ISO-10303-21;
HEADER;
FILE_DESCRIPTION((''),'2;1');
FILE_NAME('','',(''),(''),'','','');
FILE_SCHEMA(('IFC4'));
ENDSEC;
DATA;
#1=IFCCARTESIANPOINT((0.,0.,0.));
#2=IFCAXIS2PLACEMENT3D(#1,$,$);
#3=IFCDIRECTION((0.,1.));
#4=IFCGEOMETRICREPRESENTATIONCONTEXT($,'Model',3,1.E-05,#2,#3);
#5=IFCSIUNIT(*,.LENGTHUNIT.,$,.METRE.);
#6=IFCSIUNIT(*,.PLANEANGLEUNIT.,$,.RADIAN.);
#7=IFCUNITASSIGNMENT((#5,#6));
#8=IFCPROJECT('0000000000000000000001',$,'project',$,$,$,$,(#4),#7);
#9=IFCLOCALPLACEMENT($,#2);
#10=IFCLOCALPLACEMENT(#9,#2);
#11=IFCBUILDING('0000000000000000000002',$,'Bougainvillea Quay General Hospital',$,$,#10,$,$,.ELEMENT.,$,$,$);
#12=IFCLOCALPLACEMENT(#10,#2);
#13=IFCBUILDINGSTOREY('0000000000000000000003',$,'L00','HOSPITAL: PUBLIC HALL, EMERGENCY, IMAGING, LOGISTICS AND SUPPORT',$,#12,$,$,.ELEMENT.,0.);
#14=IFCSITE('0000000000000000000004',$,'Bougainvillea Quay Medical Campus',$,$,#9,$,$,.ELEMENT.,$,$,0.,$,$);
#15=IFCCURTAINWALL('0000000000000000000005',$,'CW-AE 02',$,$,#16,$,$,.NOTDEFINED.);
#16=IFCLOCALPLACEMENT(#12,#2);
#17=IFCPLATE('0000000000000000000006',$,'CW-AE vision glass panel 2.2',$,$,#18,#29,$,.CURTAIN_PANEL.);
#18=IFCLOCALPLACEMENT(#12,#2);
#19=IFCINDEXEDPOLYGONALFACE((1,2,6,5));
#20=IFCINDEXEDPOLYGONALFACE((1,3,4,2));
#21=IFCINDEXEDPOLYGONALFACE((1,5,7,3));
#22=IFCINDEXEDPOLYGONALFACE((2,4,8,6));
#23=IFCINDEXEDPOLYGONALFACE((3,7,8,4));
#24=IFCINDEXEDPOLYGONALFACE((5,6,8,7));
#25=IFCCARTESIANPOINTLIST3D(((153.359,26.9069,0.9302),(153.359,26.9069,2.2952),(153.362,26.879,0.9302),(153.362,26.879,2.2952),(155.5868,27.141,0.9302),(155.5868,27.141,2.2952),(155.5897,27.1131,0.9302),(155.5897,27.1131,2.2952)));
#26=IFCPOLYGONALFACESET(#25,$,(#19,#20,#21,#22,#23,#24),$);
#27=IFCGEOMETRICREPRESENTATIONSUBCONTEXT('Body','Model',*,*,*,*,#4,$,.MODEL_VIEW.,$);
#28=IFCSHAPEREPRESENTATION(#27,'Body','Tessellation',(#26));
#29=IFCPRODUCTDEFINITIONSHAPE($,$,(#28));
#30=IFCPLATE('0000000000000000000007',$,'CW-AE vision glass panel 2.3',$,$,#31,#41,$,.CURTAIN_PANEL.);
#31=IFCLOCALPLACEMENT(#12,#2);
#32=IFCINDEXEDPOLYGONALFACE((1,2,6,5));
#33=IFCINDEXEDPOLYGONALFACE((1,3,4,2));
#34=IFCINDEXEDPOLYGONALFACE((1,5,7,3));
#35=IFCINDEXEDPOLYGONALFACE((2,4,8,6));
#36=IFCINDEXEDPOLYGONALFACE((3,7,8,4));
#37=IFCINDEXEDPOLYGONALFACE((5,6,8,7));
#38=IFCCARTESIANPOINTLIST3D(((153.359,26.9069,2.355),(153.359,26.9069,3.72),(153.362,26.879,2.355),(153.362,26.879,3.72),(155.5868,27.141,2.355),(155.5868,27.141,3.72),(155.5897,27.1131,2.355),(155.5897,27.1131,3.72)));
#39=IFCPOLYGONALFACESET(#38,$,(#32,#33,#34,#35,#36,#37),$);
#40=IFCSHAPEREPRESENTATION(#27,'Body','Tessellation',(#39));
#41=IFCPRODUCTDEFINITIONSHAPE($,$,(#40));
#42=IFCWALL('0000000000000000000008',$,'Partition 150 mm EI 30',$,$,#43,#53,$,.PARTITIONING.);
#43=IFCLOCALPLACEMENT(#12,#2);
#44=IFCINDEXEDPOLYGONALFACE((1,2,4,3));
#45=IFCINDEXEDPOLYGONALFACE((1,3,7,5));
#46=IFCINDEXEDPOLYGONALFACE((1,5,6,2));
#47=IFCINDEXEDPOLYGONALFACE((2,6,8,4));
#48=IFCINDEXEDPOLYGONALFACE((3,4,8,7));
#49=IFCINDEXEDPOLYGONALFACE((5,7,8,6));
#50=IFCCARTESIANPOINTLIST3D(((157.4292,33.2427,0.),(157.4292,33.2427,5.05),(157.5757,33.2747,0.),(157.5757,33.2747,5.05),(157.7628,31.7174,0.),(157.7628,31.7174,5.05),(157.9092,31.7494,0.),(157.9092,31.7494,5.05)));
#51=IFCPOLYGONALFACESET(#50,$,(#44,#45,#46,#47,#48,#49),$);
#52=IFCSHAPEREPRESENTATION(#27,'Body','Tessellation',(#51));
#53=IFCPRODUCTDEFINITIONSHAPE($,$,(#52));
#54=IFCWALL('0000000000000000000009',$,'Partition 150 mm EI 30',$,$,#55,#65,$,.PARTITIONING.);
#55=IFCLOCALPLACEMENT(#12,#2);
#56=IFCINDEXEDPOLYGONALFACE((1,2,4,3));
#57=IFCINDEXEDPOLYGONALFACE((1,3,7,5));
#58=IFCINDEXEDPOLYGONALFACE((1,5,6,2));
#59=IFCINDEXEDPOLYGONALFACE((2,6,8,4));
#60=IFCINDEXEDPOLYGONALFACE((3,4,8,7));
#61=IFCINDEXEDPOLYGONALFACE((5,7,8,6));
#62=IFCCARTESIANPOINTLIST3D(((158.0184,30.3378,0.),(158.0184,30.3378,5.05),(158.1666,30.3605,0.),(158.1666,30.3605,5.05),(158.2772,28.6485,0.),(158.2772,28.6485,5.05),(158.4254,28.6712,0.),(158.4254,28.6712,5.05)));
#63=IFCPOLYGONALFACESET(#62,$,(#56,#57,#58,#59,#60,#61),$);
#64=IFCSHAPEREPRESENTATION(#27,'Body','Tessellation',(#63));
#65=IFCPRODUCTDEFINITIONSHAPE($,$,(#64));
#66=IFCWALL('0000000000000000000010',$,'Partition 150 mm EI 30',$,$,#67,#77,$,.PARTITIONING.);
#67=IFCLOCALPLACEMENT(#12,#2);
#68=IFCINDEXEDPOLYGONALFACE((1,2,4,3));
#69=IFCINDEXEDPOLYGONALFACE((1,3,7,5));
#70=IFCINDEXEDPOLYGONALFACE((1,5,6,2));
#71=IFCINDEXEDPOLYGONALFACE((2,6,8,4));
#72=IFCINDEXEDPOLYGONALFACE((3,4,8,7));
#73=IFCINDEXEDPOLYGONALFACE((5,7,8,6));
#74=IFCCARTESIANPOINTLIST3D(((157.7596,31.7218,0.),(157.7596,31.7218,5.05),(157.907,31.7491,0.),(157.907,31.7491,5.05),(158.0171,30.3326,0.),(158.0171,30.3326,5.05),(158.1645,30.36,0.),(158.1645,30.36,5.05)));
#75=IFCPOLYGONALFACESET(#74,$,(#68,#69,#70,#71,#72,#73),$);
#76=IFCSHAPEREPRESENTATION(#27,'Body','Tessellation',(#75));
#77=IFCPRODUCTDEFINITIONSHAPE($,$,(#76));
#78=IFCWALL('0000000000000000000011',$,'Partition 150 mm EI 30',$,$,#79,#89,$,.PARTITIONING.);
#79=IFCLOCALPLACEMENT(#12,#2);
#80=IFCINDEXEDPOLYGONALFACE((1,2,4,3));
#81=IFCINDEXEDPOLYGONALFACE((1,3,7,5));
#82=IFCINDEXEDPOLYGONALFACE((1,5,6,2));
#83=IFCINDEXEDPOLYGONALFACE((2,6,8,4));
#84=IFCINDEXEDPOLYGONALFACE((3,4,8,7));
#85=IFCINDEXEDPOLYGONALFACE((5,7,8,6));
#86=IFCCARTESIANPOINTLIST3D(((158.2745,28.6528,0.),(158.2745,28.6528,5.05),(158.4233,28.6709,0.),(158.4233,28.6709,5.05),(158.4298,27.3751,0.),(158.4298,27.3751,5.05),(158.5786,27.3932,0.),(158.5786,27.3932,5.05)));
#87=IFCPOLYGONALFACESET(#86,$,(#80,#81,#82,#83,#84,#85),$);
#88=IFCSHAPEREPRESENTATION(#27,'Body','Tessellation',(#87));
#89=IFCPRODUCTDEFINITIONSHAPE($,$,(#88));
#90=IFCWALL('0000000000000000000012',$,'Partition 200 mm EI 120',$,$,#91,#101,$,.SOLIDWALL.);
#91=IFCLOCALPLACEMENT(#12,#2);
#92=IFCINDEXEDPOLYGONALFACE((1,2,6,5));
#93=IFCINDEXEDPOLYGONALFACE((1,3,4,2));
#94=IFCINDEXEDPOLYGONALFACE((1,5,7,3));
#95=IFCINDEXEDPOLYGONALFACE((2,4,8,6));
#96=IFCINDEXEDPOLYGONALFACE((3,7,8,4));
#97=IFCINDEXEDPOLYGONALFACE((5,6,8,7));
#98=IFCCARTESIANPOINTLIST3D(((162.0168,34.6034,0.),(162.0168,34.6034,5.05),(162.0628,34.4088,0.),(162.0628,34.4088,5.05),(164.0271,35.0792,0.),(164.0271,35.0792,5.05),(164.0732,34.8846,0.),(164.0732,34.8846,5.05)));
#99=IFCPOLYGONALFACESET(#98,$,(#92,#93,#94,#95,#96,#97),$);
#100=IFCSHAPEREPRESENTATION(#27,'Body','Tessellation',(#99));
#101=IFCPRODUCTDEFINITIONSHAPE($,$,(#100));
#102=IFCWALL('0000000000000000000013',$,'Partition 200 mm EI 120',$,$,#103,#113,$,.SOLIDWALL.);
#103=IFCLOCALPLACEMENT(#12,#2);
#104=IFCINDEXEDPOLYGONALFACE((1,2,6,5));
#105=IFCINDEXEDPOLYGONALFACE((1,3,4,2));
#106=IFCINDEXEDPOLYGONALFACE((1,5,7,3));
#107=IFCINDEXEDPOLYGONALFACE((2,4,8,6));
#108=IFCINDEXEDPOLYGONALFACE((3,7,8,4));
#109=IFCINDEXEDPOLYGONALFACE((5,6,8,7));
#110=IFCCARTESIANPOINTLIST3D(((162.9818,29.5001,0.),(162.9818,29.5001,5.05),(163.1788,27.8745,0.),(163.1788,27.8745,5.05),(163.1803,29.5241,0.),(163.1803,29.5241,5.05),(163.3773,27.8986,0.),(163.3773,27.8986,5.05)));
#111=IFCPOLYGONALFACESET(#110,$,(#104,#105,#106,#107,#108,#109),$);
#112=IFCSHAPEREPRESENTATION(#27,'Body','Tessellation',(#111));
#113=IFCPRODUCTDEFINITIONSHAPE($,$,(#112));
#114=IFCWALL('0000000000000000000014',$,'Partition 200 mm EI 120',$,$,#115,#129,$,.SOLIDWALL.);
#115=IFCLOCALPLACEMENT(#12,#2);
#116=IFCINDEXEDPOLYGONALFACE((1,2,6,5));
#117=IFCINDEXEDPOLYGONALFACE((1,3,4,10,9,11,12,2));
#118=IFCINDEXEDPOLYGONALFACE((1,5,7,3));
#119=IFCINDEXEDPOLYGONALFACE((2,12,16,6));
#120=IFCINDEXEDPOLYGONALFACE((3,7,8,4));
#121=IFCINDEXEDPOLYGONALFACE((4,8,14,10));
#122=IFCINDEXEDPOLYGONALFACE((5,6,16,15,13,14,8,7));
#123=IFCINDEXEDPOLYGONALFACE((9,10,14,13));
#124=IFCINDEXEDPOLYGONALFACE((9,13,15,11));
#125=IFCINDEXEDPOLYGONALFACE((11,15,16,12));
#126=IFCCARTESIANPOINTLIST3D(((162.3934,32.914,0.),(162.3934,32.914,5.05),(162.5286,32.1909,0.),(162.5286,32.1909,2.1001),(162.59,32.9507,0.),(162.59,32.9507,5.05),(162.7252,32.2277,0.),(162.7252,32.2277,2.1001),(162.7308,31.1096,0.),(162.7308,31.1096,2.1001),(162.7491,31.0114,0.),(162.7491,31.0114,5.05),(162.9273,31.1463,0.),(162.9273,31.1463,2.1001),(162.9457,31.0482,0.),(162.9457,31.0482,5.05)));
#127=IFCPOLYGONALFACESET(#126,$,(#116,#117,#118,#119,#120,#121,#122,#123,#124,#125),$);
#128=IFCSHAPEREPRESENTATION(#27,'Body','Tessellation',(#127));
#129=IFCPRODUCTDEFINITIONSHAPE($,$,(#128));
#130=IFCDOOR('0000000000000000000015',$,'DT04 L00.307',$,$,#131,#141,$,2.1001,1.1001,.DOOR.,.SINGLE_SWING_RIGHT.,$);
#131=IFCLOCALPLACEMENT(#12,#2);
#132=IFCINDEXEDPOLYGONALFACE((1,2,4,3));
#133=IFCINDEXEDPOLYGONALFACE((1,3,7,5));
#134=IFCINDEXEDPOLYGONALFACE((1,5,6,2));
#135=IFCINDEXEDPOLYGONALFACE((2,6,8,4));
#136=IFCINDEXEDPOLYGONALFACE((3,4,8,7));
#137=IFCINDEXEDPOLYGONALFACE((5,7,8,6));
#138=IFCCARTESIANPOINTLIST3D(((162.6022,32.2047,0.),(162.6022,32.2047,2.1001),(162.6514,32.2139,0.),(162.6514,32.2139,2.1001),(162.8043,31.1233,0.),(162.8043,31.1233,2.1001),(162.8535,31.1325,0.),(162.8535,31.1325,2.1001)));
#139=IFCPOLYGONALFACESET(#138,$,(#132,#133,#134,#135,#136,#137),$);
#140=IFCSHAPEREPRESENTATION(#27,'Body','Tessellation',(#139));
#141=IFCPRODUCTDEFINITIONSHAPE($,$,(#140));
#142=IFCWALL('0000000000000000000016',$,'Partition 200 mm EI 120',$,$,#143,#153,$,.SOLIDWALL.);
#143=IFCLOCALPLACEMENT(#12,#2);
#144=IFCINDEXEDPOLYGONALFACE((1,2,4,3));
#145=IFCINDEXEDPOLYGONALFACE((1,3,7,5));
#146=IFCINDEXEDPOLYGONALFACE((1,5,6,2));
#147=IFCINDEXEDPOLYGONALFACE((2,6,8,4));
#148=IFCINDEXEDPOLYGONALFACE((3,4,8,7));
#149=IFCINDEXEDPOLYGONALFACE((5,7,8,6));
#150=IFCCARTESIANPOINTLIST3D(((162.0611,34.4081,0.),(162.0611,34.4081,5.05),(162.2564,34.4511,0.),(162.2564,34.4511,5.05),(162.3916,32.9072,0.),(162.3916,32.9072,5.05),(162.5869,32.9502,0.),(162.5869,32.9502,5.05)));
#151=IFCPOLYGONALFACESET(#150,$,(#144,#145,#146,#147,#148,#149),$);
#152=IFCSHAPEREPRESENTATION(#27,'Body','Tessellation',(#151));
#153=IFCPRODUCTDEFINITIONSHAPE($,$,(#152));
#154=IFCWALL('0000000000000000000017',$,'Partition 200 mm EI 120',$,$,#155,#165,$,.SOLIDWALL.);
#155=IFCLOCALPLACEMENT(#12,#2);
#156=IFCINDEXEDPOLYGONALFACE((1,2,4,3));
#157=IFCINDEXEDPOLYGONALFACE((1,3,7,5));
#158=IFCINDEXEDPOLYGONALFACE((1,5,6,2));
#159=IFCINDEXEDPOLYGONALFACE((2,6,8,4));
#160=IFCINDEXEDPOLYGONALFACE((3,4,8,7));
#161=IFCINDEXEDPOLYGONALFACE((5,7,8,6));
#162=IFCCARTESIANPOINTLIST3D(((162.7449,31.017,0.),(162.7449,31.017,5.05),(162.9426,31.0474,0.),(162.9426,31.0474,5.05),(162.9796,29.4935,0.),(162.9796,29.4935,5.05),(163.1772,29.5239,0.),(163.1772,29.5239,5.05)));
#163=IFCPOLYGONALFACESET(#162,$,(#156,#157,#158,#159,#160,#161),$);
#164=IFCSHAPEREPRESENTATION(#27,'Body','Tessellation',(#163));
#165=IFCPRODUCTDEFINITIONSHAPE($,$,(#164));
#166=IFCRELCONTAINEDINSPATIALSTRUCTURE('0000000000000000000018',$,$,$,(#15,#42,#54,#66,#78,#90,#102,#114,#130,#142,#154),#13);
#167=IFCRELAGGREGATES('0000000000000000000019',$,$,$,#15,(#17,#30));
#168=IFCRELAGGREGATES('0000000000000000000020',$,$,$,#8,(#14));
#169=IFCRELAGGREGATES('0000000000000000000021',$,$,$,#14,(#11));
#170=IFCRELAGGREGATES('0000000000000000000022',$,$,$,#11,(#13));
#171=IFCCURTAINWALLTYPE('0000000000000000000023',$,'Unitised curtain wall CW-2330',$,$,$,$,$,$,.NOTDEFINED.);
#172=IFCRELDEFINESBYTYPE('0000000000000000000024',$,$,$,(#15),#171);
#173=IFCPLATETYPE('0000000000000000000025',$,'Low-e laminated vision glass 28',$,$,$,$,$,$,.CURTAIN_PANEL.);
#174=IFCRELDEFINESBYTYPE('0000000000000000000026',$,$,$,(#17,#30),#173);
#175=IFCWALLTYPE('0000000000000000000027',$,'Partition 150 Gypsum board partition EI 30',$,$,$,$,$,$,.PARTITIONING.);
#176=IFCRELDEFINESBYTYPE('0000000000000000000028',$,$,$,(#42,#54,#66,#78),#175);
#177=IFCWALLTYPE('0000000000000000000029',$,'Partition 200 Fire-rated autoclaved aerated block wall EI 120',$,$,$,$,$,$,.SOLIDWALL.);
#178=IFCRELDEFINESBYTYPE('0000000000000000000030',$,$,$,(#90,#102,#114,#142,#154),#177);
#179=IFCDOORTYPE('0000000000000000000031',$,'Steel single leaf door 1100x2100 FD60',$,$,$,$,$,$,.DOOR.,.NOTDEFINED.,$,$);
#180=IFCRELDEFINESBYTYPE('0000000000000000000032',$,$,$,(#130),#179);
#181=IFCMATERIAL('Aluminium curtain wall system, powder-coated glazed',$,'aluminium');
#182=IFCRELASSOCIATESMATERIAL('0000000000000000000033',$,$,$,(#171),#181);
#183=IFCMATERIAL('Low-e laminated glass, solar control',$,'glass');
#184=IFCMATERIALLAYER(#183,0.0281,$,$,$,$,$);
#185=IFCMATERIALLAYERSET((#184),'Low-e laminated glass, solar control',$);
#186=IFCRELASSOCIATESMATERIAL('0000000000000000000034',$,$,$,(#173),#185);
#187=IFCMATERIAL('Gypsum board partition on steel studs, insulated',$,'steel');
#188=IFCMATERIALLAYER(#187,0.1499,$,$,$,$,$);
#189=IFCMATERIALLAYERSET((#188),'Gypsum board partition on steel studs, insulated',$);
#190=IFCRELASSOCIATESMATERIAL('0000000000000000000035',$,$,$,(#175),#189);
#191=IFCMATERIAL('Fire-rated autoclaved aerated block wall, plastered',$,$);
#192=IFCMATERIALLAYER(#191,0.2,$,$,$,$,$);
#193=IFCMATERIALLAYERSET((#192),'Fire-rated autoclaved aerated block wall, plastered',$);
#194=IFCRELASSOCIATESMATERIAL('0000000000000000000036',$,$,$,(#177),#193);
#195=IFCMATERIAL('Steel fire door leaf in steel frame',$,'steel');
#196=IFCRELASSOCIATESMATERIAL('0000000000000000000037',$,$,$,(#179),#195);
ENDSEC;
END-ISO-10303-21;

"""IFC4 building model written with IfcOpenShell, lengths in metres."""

from ifc_helpers import new_model, si_unit, direction, frame, frame_2d, origin, origin_2d, place, context, subcontext, project, spatial, rectangle, extrude, material, layer, layer_set, type_object, element, fill, aggregate, save


model = new_model("IFC4")

# Units and contexts
model_context = context("Model", 3, precision=1e-05, world=origin(), true_north=direction((0.0, 1.0)))
body_context = subcontext(model_context, "Body", "Model", "MODEL_VIEW")
ifc_project = project(units=[si_unit("LENGTHUNIT", "METRE"), si_unit("PLANEANGLEUNIT", "RADIAN")], contexts=[model_context])

# Site, building, storey
site_placement = place(None, origin())
site = spatial("IfcSite", under=ifc_project, at=site_placement, Name="Bougainvillea Quay Medical Campus", CompositionType="ELEMENT", RefElevation=0.0)
building_placement = place(site_placement, origin())
building = spatial("IfcBuilding", under=site, at=building_placement, Name="Bougainvillea Quay General Hospital", CompositionType="ELEMENT")
storey_placement = place(building_placement, origin())
storey = spatial("IfcBuildingStorey", under=building, at=storey_placement, Name="L00", Description="HOSPITAL: PUBLIC HALL, EMERGENCY, IMAGING, LOGISTICS AND SUPPORT", CompositionType="ELEMENT", Elevation=0.0)

# Curtain wall, plates
ifc_material_1 = material(Name="Aluminium curtain wall system, powder-coated glazed", Category="aluminium")
curtain_wall_type = type_object("IfcCurtainWallType", Name="Unitised curtain wall CW-2330", PredefinedType="NOTDEFINED", material=ifc_material_1)
curtain_wall_placement = place(storey_placement, origin())
curtain_wall = element("IfcCurtainWall", 1, at=curtain_wall_placement, inside=storey, type_object=curtain_wall_type, Name="CW-AE 02", PredefinedType="NOTDEFINED")
ifc_material_2 = material(Name="Low-e laminated glass, solar control", Category="glass")
ifc_layer_1 = layer(ifc_material_2, 0.0281)
ifc_layer_set_1 = layer_set([ifc_layer_1], Name="Low-e laminated glass, solar control")
plate_type_1 = type_object("IfcPlateType", Name="Low-e laminated vision glass 28", PredefinedType="CURTAIN_PANEL", material=ifc_layer_set_1)
plate_1_placement = place(storey_placement, frame((154.4744, 27.01, 0.9302), z_axis=(0.0, 0.0, 1.0), x_axis=(0.994522, 0.104527, 0.0)))
plate_1 = element("IfcPlate", 2, at=plate_1_placement, type_object=plate_type_1, Name="CW-AE vision glass panel 2.2", PredefinedType="CURTAIN_PANEL", context=body_context, shape_type="SweptSolid", body=[
    extrude(rectangle(XDim=2.24, YDim=0.0281, at=origin_2d()), origin(), (0.0, 0.0, 1.0), 1.365),
])
plate_2_placement = place(storey_placement, frame((154.4744, 27.01, 2.355), z_axis=(0.0, 0.0, 1.0), x_axis=(0.994522, 0.104527, 0.0)))
plate_2 = element("IfcPlate", 3, at=plate_2_placement, type_object=plate_type_1, Name="CW-AE vision glass panel 2.3", PredefinedType="CURTAIN_PANEL", context=body_context, shape_type="SweptSolid", body=[
    extrude(rectangle(XDim=2.24, YDim=0.0281, at=origin_2d()), origin(), (0.0, 0.0, 1.0), 1.365),
])
aggregate(curtain_wall, [plate_1, plate_2])

# Walls
ifc_material_3 = material(Name="Gypsum board partition on steel studs, insulated", Category="steel")
ifc_layer_2 = layer(ifc_material_3, 0.1499)
ifc_layer_set_2 = layer_set([ifc_layer_2], Name="Gypsum board partition on steel studs, insulated")
wall_type_1 = type_object("IfcWallType", Name="Partition 150 Gypsum board partition EI 30", PredefinedType="PARTITIONING", material=ifc_layer_set_2)
wall_1_placement = place(storey_placement, frame((157.5024, 33.2588, 0.0), z_axis=(0.0, 0.0, 1.0), x_axis=(0.213618, -0.976917, 0.0)))
element("IfcWall", 4, at=wall_1_placement, inside=storey, type_object=wall_type_1, Name="Partition 150 mm EI 30", PredefinedType="PARTITIONING", context=body_context, shape_type="SweptSolid", body=[
    extrude(rectangle(XDim=1.5613, YDim=0.1499, at=frame_2d((0.7808, 0.0))), origin(), (0.0, 0.0, 1.0), 5.05),
])
wall_2_placement = place(storey_placement, frame((158.0925, 30.3491, 0.0), z_axis=(0.0, 0.0, 1.0), x_axis=(0.151435, -0.988467, 0.0)))
element("IfcWall", 5, at=wall_2_placement, inside=storey, type_object=wall_type_1, Name="Partition 150 mm EI 30", PredefinedType="PARTITIONING", context=body_context, shape_type="SweptSolid", body=[
    extrude(rectangle(XDim=1.709, YDim=0.1499, at=frame_2d((0.8545, 0.0))), origin(), (0.0, 0.0, 1.0), 5.05),
])
wall_3_placement = place(storey_placement, frame((157.8333, 31.7356, 0.0), z_axis=(0.0, 0.0, 1.0), x_axis=(0.182306, -0.983242, 0.0)))
element("IfcWall", 6, at=wall_3_placement, inside=storey, type_object=wall_type_1, Name="Partition 150 mm EI 30", PredefinedType="PARTITIONING", context=body_context, shape_type="SweptSolid", body=[
    extrude(rectangle(XDim=1.4128, YDim=0.1499, at=frame_2d((0.7065, 0.0))), origin(), (0.0, 0.0, 1.0), 5.05),
])
wall_4_placement = place(storey_placement, frame((158.3489, 28.6619, 0.0), z_axis=(0.0, 0.0, 1.0), x_axis=(0.120649, -0.992695, 0.0)))
element("IfcWall", 7, at=wall_4_placement, inside=storey, type_object=wall_type_1, Name="Partition 150 mm EI 30", PredefinedType="PARTITIONING", context=body_context, shape_type="SweptSolid", body=[
    extrude(rectangle(XDim=1.2871, YDim=0.1499, at=frame_2d((0.6436, 0.0))), origin(), (0.0, 0.0, 1.0), 5.05),
])
ifc_material_4 = material(Name="Fire-rated autoclaved aerated block wall, plastered")
ifc_layer_3 = layer(ifc_material_4, 0.2)
ifc_layer_set_3 = layer_set([ifc_layer_3], Name="Fire-rated autoclaved aerated block wall, plastered")
wall_type_2 = type_object("IfcWallType", Name="Partition 200 Fire-rated autoclaved aerated block wall EI 120", PredefinedType="SOLIDWALL", material=ifc_layer_set_3)
wall_5_placement = place(storey_placement, frame((162.0398, 34.5061, 0.0), z_axis=(0.0, 0.0, 1.0), x_axis=(0.973117, 0.23031, 0.0)))
element("IfcWall", 8, at=wall_5_placement, inside=storey, type_object=wall_type_2, Name="Partition 200 mm EI 120", PredefinedType="SOLIDWALL", context=body_context, shape_type="SweptSolid", body=[
    extrude(rectangle(XDim=2.0659, YDim=0.2, at=frame_2d((1.033, 0.0))), origin(), (0.0, 0.0, 1.0), 5.05),
])
wall_6_placement = place(storey_placement, frame((163.0811, 29.5122, 0.0), z_axis=(0.0, 0.0, 1.0), x_axis=(0.120327, -0.992734, 0.0)))
element("IfcWall", 9, at=wall_6_placement, inside=storey, type_object=wall_type_2, Name="Partition 200 mm EI 120", PredefinedType="SOLIDWALL", context=body_context, shape_type="SweptSolid", body=[
    extrude(rectangle(XDim=1.6375, YDim=0.2, at=frame_2d((0.8188, 0.0))), origin(), (0.0, 0.0, 1.0), 5.05),
])

# Wall, opening, door
wall_7_placement = place(storey_placement, frame((162.4917, 32.9324, 0.0), z_axis=(0.0, 0.0, 1.0), x_axis=(0.183778, -0.982968, 0.0)))
wall_7 = element("IfcWall", 10, at=wall_7_placement, inside=storey, type_object=wall_type_2, Name="Partition 200 mm EI 120", PredefinedType="SOLIDWALL", context=body_context, shape_type="SweptSolid", body=[
    extrude(rectangle(XDim=1.9355, YDim=0.2, at=frame_2d((0.9678, 0.0))), origin(), (0.0, 0.0, 1.0), 5.05),
])
opening_1_placement = place(wall_7_placement, frame((0.7356, 0.0, 0.0)))
opening_1 = element("IfcOpeningElement", 11, at=opening_1_placement, cuts=wall_7, PredefinedType="OPENING", context=body_context, shape_type="SweptSolid", body=[
    extrude(rectangle(XDim=1.1001, YDim=2.1001, at=frame_2d((0.55, 1.05))), frame((0.0, 0.1099, 0.0), z_axis=(0.0, -1.0, 0.0), x_axis=(1.0, 0.0, 0.0)), (0.0, 0.0, 1.0), 0.22),
])
ifc_material_5 = material(Name="Steel fire door leaf in steel frame", Category="steel")
door_type_1 = type_object("IfcDoorType", Name="Steel single leaf door 1100x2100 FD60", OperationType="NOTDEFINED", PredefinedType="DOOR", material=ifc_material_5)
door_1_placement = place(opening_1_placement, origin())
door_1 = element("IfcDoor", 12, at=door_1_placement, inside=storey, type_object=door_type_1, Name="DT04 L00.307", OperationType="SINGLE_SWING_RIGHT", OverallHeight=2.1001, OverallWidth=1.1001, PredefinedType="DOOR", context=body_context, shape_type="SweptSolid", body=[
    extrude(rectangle(XDim=1.1001, YDim=2.1001, at=frame_2d((0.55, 1.05))), frame((0.0, 0.0249, 0.0), z_axis=(0.0, -1.0, 0.0), x_axis=(1.0, 0.0, 0.0)), (0.0, 0.0, 1.0), 0.05),
])
fill(opening_1, door_1)

# Walls
wall_8_placement = place(storey_placement, frame((162.1587, 34.4297, 0.0), z_axis=(0.0, 0.0, 1.0), x_axis=(0.21508, -0.976596, 0.0)))
element("IfcWall", 13, at=wall_8_placement, inside=storey, type_object=wall_type_2, Name="Partition 200 mm EI 120", PredefinedType="SOLIDWALL", context=body_context, shape_type="SweptSolid", body=[
    extrude(rectangle(XDim=1.5369, YDim=0.2, at=frame_2d((0.7686, 0.0))), origin(), (0.0, 0.0, 1.0), 5.05),
])
wall_9_placement = place(storey_placement, frame((162.8438, 31.0322, 0.0), z_axis=(0.0, 0.0, 1.0), x_axis=(0.152212, -0.988348, 0.0)))
element("IfcWall", 14, at=wall_9_placement, inside=storey, type_object=wall_type_2, Name="Partition 200 mm EI 120", PredefinedType="SOLIDWALL", context=body_context, shape_type="SweptSolid", body=[
    extrude(rectangle(XDim=1.5415, YDim=0.2, at=frame_2d((0.7708, 0.0))), origin(), (0.0, 0.0, 1.0), 5.05),
])

save(model, "model.ifc")
